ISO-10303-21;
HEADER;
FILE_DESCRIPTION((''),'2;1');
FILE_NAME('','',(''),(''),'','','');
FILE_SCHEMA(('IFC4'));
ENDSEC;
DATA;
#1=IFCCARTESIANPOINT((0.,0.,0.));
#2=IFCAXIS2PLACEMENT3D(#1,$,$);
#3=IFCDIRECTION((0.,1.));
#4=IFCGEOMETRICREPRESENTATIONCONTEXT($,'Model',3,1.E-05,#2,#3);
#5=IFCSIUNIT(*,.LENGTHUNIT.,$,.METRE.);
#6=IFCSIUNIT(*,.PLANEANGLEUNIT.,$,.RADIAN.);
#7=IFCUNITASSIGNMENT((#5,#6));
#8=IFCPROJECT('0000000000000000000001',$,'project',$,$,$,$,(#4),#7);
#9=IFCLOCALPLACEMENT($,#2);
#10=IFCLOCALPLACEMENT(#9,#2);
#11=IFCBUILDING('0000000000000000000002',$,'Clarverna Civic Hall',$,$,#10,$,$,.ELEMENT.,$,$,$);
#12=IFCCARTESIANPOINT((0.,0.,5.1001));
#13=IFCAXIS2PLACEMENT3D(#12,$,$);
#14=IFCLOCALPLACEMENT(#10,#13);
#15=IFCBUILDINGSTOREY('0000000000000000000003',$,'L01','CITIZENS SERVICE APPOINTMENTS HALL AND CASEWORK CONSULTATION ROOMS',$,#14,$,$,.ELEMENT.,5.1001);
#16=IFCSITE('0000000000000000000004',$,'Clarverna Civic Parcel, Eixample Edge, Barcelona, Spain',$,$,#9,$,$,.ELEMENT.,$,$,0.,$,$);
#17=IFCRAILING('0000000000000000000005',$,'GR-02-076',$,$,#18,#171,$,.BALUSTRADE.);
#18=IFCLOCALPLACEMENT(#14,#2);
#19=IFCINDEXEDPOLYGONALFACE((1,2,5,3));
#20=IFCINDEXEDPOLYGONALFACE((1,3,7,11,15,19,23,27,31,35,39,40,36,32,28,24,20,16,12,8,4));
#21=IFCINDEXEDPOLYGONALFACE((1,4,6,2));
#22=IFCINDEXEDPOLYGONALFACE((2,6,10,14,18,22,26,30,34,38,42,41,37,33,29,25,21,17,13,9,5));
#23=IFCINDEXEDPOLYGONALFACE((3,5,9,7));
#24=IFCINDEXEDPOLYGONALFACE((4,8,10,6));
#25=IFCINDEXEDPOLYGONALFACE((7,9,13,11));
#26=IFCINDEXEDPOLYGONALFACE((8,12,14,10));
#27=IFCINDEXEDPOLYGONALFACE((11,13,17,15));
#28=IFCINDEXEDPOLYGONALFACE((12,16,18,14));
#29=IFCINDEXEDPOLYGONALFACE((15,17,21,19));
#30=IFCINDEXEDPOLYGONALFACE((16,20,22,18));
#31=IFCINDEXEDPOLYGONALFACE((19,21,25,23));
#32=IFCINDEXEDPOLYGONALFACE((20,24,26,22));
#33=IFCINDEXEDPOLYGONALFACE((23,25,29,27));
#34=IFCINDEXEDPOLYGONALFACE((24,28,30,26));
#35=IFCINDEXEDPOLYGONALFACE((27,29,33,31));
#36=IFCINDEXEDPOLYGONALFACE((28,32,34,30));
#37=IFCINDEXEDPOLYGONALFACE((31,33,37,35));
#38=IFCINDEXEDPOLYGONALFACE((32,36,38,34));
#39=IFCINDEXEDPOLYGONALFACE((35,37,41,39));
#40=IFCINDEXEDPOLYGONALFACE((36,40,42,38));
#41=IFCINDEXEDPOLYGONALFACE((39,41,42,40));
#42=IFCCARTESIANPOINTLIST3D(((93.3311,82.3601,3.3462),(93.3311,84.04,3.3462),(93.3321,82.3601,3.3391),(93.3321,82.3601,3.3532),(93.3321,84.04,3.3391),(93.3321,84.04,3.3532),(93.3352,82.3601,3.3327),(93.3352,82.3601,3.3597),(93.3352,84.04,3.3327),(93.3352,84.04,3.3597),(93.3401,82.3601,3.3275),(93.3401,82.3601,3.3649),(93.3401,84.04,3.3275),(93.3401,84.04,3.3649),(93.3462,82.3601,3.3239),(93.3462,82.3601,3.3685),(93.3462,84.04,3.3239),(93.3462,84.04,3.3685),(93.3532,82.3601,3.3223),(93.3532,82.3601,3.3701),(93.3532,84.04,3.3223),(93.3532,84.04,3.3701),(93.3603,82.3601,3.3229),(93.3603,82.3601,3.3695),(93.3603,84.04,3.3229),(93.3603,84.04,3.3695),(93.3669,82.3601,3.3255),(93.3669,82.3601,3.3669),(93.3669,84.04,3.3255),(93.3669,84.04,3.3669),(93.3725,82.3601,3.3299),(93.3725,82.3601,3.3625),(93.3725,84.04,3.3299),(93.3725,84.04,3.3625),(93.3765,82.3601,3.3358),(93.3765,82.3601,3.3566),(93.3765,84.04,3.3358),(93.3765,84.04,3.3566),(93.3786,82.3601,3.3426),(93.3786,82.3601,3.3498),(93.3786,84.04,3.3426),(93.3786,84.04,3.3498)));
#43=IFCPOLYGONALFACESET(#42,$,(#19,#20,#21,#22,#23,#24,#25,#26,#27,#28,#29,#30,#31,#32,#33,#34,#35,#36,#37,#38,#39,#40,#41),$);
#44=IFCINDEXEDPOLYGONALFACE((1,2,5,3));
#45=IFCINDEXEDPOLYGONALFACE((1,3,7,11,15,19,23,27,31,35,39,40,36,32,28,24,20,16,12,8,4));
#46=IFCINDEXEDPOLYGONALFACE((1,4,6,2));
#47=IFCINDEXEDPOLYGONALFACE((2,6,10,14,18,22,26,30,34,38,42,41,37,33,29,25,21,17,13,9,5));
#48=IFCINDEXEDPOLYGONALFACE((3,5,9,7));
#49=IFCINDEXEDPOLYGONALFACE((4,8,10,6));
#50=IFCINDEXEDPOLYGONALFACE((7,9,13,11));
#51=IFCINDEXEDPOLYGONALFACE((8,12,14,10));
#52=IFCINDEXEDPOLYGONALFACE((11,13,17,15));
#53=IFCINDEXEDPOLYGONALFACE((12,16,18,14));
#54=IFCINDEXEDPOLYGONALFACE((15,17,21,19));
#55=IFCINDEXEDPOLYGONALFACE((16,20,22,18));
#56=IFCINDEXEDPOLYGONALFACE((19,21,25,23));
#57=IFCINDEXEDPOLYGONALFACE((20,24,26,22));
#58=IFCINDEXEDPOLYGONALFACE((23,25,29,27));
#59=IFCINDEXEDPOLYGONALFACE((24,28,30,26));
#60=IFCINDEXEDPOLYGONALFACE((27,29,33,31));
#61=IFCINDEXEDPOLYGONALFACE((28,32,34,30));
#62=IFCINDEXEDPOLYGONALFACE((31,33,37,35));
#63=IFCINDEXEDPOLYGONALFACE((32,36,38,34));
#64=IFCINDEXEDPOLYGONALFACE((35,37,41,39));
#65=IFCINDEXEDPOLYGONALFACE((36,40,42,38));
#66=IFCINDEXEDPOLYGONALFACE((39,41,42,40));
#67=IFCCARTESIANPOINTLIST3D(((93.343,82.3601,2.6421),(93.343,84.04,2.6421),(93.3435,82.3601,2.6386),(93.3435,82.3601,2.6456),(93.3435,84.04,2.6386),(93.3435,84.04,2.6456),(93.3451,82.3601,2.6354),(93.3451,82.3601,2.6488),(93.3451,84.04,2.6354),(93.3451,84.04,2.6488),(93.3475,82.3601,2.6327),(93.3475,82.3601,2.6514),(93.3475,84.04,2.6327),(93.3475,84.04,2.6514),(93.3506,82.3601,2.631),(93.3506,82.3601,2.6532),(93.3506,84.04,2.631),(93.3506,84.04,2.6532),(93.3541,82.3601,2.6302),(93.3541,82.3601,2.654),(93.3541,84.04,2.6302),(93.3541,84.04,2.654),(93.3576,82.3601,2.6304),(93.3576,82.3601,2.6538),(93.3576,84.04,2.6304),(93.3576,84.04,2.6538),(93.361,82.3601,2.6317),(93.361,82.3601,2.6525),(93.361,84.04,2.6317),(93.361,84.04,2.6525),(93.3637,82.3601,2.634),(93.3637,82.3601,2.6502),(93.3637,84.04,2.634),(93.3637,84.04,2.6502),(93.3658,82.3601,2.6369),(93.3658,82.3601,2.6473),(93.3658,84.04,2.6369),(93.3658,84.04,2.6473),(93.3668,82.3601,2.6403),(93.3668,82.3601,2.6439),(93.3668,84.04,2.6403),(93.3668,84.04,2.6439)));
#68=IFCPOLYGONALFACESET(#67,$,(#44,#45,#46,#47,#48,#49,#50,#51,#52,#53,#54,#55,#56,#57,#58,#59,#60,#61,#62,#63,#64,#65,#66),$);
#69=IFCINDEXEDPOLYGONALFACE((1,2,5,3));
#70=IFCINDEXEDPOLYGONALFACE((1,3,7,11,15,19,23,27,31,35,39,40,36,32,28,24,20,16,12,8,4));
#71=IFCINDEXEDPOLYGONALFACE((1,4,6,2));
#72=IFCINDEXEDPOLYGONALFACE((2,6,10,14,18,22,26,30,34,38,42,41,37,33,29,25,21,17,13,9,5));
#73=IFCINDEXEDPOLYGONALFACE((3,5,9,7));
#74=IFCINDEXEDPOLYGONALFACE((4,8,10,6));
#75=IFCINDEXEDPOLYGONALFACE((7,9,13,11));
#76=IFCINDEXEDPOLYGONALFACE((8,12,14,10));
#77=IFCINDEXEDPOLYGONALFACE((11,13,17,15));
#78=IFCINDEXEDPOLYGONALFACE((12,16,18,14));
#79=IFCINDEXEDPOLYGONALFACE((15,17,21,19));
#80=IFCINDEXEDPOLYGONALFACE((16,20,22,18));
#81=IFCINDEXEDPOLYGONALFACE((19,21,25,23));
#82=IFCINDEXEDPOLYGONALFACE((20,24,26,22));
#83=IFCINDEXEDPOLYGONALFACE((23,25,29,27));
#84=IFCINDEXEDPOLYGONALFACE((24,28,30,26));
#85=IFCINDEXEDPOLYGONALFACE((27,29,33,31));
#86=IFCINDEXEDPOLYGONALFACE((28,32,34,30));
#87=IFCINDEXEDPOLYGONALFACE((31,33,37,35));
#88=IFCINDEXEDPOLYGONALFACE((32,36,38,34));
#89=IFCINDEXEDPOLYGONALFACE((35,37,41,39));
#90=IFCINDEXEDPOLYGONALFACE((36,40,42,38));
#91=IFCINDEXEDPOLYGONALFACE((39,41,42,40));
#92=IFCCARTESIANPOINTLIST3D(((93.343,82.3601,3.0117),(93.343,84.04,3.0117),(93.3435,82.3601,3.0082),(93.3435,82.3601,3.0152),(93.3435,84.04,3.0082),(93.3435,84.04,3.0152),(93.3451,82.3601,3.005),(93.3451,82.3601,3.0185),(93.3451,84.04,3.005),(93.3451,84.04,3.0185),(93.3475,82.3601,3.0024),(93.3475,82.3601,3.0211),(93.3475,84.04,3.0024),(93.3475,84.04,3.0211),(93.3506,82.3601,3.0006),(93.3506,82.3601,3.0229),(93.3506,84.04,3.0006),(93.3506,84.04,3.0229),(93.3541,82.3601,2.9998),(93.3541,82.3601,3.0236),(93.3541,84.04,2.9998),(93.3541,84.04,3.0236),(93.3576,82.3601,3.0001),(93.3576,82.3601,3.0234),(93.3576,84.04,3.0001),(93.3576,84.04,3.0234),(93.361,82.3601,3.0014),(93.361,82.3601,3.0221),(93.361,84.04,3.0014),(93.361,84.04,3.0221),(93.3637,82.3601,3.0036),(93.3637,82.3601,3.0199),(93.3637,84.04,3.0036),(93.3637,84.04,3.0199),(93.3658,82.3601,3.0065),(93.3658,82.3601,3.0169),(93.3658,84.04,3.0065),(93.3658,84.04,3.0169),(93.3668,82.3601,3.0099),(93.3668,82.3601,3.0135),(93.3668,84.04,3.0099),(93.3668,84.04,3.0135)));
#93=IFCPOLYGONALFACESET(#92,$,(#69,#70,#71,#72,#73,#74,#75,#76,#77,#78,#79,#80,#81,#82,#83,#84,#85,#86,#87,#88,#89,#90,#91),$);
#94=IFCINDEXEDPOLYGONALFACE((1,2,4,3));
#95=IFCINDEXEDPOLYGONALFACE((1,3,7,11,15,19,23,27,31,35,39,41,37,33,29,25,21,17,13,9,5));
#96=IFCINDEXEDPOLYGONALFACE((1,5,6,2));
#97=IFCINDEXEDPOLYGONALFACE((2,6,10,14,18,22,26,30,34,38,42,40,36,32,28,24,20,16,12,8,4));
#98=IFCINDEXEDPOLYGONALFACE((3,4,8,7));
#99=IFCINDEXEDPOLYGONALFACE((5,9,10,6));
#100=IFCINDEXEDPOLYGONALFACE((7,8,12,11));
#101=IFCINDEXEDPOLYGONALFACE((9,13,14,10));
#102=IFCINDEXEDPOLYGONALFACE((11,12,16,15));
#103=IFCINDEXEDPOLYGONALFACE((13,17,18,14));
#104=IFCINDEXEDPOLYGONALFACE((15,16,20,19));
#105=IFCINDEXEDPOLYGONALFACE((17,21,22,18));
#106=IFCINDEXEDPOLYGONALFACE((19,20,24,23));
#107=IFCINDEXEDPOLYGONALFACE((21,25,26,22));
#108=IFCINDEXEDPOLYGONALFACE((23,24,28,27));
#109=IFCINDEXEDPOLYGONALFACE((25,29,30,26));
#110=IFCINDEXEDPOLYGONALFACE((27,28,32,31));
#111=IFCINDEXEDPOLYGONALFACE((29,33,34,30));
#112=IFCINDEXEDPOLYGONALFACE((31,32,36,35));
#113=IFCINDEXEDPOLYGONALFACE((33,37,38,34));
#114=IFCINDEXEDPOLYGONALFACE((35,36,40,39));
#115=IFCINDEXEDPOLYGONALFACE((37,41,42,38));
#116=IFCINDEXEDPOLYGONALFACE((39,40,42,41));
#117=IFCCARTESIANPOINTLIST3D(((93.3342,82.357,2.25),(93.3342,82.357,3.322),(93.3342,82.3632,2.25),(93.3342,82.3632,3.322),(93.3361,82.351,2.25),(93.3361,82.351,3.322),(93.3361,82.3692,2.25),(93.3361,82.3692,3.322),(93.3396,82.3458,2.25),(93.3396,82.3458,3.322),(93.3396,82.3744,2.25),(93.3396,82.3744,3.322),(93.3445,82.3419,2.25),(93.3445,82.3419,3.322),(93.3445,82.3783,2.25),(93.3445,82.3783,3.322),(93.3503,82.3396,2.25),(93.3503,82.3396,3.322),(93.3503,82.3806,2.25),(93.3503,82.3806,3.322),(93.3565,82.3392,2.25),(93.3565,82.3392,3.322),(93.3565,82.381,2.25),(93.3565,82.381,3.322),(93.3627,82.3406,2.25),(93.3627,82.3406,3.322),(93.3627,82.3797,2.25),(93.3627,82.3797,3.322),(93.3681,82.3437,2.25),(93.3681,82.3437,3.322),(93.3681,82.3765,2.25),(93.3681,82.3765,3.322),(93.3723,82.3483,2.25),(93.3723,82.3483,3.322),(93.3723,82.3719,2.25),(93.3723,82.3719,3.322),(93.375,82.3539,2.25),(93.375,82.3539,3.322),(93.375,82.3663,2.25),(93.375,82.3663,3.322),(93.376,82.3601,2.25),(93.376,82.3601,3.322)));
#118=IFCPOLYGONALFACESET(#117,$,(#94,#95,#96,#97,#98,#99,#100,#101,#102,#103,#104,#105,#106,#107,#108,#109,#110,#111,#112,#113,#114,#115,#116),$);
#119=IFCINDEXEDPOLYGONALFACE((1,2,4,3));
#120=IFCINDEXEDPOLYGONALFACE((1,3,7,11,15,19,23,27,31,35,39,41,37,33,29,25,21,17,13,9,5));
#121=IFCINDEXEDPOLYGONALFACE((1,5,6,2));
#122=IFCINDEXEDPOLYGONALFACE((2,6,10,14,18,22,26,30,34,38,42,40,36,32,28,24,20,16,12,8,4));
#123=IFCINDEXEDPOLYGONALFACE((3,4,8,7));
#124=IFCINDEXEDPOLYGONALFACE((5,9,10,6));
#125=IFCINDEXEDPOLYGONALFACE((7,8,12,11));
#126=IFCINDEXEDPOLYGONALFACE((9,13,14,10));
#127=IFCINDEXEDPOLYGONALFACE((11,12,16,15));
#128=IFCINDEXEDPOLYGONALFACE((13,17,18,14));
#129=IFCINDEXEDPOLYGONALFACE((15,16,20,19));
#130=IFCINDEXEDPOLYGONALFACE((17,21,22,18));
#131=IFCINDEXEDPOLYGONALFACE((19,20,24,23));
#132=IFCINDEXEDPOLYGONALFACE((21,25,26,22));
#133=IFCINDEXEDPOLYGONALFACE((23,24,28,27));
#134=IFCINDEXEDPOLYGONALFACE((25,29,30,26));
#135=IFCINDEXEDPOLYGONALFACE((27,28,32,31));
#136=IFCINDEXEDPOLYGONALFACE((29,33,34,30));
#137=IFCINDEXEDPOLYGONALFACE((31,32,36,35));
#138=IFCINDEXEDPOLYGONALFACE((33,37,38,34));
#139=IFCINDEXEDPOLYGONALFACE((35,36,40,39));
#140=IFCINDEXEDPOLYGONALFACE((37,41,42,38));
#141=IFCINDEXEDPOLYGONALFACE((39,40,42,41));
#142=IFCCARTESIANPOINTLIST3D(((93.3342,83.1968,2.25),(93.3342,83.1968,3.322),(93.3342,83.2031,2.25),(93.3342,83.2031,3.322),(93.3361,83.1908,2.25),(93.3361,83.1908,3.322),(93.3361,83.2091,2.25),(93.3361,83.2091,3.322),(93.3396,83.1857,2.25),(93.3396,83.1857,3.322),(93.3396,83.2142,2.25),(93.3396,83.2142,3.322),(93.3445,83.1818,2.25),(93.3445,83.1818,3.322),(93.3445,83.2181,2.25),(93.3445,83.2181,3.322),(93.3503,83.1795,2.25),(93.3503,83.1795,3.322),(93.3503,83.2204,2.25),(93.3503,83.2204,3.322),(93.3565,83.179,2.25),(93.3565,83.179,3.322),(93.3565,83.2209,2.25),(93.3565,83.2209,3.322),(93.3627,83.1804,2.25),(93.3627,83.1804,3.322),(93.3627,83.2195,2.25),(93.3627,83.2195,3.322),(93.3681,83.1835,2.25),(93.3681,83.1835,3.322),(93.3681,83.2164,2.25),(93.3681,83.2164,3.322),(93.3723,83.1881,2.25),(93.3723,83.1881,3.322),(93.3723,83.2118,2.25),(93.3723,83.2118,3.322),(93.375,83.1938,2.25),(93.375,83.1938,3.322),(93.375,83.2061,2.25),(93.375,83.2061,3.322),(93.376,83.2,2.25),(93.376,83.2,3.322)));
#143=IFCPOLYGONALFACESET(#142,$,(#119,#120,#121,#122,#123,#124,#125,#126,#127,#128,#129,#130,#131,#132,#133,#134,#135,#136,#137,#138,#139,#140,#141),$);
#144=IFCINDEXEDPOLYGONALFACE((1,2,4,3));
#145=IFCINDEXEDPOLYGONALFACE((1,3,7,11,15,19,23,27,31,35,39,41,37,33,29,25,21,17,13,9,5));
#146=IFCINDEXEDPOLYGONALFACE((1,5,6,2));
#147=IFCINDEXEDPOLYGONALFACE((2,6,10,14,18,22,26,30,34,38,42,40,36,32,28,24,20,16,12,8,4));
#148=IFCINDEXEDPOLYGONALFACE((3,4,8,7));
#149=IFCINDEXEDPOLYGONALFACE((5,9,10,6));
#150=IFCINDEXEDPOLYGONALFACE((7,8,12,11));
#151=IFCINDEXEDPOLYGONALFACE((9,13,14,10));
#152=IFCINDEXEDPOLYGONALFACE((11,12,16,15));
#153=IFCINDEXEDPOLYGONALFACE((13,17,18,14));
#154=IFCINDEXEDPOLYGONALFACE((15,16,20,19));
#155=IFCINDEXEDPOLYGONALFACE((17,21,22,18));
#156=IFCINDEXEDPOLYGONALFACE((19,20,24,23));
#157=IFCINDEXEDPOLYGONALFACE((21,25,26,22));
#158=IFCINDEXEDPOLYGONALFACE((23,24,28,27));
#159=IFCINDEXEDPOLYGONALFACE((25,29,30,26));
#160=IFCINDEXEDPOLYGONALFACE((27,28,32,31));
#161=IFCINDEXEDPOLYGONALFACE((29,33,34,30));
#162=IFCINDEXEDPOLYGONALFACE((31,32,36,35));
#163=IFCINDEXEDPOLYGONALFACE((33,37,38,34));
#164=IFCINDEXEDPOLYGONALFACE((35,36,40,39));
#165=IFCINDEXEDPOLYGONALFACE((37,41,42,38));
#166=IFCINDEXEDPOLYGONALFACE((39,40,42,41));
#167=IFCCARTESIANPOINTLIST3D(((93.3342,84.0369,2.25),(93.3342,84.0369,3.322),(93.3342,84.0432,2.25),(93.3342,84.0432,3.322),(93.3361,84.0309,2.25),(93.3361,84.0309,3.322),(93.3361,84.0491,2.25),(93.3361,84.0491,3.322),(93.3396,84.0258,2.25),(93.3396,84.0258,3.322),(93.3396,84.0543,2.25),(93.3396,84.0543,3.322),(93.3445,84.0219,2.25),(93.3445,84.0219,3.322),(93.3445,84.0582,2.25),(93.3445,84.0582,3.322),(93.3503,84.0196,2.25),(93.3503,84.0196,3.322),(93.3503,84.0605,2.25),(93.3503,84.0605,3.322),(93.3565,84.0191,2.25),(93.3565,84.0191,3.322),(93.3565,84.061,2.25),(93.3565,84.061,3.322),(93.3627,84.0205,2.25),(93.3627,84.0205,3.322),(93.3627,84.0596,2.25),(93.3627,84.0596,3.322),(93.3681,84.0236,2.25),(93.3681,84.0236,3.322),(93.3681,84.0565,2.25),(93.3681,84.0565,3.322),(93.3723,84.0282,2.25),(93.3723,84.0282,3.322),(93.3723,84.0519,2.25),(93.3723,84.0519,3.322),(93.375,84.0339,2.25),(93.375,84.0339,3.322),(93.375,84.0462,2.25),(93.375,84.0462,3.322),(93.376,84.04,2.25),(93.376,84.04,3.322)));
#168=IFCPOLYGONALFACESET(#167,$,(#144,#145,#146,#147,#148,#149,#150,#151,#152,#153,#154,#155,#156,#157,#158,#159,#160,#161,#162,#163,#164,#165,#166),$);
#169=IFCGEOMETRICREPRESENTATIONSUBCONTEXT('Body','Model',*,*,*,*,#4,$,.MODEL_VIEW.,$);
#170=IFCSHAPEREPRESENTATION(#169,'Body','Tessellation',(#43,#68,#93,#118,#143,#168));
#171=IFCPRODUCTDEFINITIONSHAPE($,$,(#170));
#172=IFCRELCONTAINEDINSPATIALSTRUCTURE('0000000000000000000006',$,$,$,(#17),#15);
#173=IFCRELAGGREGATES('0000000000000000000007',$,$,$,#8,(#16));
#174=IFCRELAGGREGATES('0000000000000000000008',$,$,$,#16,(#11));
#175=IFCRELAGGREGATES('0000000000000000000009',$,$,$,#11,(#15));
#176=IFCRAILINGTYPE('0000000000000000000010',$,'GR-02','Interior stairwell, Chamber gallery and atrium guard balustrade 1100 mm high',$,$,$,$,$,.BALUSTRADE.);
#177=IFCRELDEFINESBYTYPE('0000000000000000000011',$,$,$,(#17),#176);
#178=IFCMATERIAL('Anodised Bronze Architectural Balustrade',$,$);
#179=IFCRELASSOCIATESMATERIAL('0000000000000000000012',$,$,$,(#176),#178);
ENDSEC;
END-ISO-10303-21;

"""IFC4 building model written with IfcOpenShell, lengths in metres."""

from ifc_helpers import new_model, si_unit, direction, frame, origin, origin_2d, place, context, subcontext, project, spatial, circle, extrude, material, type_object, element, save


model = new_model("IFC4")

# Units and contexts
model_context = context("Model", 3, precision=1e-05, world=origin(), true_north=direction((0.0, 1.0)))
body_context = subcontext(model_context, "Body", "Model", "MODEL_VIEW")
ifc_project = project(units=[si_unit("LENGTHUNIT", "METRE"), si_unit("PLANEANGLEUNIT", "RADIAN")], contexts=[model_context])

# Site, building, storey
site_placement = place(None, origin())
site = spatial("IfcSite", under=ifc_project, at=site_placement, Name="Clarverna Civic Parcel, Eixample Edge, Barcelona, Spain", CompositionType="ELEMENT", RefElevation=0.0)
building_placement = place(site_placement, origin())
building = spatial("IfcBuilding", under=site, at=building_placement, Name="Clarverna Civic Hall", CompositionType="ELEMENT")
storey_placement = place(building_placement, frame((0.0, 0.0, 5.1001)))
storey = spatial("IfcBuildingStorey", under=building, at=storey_placement, Name="L01", Description="CITIZENS SERVICE APPOINTMENTS HALL AND CASEWORK CONSULTATION ROOMS", CompositionType="ELEMENT", Elevation=5.1001)

# Railing
ifc_material_1 = material(Name="Anodised Bronze Architectural Balustrade")
railing_type_1 = type_object("IfcRailingType", Name="GR-02", Description="Interior stairwell, Chamber gallery and atrium guard balustrade 1100 mm high", PredefinedType="BALUSTRADE", material=ifc_material_1)
railing_1_placement = place(storey_placement, frame((93.355, 82.3601, 2.25)))
element("IfcRailing", 1, at=railing_1_placement, inside=storey, type_object=railing_type_1, Name="GR-02-076", PredefinedType="BALUSTRADE", context=body_context, shape_type="SweptSolid", body=[
    extrude(circle(Radius=0.0239, at=origin_2d()), frame((0.0, 0.0, 1.0962), z_axis=(0.0, 1.0, 0.0), x_axis=(-1.0, 0.0, 0.0)), (0.0, 0.0, 1.0), 1.6799),
    extrude(circle(Radius=0.012, at=origin_2d()), frame((0.0, 0.0, 0.3921), z_axis=(0.0, 1.0, 0.0), x_axis=(-1.0, 0.0, 0.0)), (0.0, 0.0, 1.0), 1.6799),
    extrude(circle(Radius=0.012, at=origin_2d()), frame((0.0, 0.0, 0.7617), z_axis=(0.0, 1.0, 0.0), x_axis=(-1.0, 0.0, 0.0)), (0.0, 0.0, 1.0), 1.6799),
    extrude(circle(Radius=0.021, at=origin_2d()), origin(), (0.0, 0.0, 1.0), 1.072),
    extrude(circle(Radius=0.021, at=origin_2d()), frame((0.0, 0.8398, 0.0)), (0.0, 0.0, 1.0), 1.072),
    extrude(circle(Radius=0.021, at=origin_2d()), frame((0.0, 1.6799, 0.0)), (0.0, 0.0, 1.0), 1.072),
])

save(model, "model.ifc")
